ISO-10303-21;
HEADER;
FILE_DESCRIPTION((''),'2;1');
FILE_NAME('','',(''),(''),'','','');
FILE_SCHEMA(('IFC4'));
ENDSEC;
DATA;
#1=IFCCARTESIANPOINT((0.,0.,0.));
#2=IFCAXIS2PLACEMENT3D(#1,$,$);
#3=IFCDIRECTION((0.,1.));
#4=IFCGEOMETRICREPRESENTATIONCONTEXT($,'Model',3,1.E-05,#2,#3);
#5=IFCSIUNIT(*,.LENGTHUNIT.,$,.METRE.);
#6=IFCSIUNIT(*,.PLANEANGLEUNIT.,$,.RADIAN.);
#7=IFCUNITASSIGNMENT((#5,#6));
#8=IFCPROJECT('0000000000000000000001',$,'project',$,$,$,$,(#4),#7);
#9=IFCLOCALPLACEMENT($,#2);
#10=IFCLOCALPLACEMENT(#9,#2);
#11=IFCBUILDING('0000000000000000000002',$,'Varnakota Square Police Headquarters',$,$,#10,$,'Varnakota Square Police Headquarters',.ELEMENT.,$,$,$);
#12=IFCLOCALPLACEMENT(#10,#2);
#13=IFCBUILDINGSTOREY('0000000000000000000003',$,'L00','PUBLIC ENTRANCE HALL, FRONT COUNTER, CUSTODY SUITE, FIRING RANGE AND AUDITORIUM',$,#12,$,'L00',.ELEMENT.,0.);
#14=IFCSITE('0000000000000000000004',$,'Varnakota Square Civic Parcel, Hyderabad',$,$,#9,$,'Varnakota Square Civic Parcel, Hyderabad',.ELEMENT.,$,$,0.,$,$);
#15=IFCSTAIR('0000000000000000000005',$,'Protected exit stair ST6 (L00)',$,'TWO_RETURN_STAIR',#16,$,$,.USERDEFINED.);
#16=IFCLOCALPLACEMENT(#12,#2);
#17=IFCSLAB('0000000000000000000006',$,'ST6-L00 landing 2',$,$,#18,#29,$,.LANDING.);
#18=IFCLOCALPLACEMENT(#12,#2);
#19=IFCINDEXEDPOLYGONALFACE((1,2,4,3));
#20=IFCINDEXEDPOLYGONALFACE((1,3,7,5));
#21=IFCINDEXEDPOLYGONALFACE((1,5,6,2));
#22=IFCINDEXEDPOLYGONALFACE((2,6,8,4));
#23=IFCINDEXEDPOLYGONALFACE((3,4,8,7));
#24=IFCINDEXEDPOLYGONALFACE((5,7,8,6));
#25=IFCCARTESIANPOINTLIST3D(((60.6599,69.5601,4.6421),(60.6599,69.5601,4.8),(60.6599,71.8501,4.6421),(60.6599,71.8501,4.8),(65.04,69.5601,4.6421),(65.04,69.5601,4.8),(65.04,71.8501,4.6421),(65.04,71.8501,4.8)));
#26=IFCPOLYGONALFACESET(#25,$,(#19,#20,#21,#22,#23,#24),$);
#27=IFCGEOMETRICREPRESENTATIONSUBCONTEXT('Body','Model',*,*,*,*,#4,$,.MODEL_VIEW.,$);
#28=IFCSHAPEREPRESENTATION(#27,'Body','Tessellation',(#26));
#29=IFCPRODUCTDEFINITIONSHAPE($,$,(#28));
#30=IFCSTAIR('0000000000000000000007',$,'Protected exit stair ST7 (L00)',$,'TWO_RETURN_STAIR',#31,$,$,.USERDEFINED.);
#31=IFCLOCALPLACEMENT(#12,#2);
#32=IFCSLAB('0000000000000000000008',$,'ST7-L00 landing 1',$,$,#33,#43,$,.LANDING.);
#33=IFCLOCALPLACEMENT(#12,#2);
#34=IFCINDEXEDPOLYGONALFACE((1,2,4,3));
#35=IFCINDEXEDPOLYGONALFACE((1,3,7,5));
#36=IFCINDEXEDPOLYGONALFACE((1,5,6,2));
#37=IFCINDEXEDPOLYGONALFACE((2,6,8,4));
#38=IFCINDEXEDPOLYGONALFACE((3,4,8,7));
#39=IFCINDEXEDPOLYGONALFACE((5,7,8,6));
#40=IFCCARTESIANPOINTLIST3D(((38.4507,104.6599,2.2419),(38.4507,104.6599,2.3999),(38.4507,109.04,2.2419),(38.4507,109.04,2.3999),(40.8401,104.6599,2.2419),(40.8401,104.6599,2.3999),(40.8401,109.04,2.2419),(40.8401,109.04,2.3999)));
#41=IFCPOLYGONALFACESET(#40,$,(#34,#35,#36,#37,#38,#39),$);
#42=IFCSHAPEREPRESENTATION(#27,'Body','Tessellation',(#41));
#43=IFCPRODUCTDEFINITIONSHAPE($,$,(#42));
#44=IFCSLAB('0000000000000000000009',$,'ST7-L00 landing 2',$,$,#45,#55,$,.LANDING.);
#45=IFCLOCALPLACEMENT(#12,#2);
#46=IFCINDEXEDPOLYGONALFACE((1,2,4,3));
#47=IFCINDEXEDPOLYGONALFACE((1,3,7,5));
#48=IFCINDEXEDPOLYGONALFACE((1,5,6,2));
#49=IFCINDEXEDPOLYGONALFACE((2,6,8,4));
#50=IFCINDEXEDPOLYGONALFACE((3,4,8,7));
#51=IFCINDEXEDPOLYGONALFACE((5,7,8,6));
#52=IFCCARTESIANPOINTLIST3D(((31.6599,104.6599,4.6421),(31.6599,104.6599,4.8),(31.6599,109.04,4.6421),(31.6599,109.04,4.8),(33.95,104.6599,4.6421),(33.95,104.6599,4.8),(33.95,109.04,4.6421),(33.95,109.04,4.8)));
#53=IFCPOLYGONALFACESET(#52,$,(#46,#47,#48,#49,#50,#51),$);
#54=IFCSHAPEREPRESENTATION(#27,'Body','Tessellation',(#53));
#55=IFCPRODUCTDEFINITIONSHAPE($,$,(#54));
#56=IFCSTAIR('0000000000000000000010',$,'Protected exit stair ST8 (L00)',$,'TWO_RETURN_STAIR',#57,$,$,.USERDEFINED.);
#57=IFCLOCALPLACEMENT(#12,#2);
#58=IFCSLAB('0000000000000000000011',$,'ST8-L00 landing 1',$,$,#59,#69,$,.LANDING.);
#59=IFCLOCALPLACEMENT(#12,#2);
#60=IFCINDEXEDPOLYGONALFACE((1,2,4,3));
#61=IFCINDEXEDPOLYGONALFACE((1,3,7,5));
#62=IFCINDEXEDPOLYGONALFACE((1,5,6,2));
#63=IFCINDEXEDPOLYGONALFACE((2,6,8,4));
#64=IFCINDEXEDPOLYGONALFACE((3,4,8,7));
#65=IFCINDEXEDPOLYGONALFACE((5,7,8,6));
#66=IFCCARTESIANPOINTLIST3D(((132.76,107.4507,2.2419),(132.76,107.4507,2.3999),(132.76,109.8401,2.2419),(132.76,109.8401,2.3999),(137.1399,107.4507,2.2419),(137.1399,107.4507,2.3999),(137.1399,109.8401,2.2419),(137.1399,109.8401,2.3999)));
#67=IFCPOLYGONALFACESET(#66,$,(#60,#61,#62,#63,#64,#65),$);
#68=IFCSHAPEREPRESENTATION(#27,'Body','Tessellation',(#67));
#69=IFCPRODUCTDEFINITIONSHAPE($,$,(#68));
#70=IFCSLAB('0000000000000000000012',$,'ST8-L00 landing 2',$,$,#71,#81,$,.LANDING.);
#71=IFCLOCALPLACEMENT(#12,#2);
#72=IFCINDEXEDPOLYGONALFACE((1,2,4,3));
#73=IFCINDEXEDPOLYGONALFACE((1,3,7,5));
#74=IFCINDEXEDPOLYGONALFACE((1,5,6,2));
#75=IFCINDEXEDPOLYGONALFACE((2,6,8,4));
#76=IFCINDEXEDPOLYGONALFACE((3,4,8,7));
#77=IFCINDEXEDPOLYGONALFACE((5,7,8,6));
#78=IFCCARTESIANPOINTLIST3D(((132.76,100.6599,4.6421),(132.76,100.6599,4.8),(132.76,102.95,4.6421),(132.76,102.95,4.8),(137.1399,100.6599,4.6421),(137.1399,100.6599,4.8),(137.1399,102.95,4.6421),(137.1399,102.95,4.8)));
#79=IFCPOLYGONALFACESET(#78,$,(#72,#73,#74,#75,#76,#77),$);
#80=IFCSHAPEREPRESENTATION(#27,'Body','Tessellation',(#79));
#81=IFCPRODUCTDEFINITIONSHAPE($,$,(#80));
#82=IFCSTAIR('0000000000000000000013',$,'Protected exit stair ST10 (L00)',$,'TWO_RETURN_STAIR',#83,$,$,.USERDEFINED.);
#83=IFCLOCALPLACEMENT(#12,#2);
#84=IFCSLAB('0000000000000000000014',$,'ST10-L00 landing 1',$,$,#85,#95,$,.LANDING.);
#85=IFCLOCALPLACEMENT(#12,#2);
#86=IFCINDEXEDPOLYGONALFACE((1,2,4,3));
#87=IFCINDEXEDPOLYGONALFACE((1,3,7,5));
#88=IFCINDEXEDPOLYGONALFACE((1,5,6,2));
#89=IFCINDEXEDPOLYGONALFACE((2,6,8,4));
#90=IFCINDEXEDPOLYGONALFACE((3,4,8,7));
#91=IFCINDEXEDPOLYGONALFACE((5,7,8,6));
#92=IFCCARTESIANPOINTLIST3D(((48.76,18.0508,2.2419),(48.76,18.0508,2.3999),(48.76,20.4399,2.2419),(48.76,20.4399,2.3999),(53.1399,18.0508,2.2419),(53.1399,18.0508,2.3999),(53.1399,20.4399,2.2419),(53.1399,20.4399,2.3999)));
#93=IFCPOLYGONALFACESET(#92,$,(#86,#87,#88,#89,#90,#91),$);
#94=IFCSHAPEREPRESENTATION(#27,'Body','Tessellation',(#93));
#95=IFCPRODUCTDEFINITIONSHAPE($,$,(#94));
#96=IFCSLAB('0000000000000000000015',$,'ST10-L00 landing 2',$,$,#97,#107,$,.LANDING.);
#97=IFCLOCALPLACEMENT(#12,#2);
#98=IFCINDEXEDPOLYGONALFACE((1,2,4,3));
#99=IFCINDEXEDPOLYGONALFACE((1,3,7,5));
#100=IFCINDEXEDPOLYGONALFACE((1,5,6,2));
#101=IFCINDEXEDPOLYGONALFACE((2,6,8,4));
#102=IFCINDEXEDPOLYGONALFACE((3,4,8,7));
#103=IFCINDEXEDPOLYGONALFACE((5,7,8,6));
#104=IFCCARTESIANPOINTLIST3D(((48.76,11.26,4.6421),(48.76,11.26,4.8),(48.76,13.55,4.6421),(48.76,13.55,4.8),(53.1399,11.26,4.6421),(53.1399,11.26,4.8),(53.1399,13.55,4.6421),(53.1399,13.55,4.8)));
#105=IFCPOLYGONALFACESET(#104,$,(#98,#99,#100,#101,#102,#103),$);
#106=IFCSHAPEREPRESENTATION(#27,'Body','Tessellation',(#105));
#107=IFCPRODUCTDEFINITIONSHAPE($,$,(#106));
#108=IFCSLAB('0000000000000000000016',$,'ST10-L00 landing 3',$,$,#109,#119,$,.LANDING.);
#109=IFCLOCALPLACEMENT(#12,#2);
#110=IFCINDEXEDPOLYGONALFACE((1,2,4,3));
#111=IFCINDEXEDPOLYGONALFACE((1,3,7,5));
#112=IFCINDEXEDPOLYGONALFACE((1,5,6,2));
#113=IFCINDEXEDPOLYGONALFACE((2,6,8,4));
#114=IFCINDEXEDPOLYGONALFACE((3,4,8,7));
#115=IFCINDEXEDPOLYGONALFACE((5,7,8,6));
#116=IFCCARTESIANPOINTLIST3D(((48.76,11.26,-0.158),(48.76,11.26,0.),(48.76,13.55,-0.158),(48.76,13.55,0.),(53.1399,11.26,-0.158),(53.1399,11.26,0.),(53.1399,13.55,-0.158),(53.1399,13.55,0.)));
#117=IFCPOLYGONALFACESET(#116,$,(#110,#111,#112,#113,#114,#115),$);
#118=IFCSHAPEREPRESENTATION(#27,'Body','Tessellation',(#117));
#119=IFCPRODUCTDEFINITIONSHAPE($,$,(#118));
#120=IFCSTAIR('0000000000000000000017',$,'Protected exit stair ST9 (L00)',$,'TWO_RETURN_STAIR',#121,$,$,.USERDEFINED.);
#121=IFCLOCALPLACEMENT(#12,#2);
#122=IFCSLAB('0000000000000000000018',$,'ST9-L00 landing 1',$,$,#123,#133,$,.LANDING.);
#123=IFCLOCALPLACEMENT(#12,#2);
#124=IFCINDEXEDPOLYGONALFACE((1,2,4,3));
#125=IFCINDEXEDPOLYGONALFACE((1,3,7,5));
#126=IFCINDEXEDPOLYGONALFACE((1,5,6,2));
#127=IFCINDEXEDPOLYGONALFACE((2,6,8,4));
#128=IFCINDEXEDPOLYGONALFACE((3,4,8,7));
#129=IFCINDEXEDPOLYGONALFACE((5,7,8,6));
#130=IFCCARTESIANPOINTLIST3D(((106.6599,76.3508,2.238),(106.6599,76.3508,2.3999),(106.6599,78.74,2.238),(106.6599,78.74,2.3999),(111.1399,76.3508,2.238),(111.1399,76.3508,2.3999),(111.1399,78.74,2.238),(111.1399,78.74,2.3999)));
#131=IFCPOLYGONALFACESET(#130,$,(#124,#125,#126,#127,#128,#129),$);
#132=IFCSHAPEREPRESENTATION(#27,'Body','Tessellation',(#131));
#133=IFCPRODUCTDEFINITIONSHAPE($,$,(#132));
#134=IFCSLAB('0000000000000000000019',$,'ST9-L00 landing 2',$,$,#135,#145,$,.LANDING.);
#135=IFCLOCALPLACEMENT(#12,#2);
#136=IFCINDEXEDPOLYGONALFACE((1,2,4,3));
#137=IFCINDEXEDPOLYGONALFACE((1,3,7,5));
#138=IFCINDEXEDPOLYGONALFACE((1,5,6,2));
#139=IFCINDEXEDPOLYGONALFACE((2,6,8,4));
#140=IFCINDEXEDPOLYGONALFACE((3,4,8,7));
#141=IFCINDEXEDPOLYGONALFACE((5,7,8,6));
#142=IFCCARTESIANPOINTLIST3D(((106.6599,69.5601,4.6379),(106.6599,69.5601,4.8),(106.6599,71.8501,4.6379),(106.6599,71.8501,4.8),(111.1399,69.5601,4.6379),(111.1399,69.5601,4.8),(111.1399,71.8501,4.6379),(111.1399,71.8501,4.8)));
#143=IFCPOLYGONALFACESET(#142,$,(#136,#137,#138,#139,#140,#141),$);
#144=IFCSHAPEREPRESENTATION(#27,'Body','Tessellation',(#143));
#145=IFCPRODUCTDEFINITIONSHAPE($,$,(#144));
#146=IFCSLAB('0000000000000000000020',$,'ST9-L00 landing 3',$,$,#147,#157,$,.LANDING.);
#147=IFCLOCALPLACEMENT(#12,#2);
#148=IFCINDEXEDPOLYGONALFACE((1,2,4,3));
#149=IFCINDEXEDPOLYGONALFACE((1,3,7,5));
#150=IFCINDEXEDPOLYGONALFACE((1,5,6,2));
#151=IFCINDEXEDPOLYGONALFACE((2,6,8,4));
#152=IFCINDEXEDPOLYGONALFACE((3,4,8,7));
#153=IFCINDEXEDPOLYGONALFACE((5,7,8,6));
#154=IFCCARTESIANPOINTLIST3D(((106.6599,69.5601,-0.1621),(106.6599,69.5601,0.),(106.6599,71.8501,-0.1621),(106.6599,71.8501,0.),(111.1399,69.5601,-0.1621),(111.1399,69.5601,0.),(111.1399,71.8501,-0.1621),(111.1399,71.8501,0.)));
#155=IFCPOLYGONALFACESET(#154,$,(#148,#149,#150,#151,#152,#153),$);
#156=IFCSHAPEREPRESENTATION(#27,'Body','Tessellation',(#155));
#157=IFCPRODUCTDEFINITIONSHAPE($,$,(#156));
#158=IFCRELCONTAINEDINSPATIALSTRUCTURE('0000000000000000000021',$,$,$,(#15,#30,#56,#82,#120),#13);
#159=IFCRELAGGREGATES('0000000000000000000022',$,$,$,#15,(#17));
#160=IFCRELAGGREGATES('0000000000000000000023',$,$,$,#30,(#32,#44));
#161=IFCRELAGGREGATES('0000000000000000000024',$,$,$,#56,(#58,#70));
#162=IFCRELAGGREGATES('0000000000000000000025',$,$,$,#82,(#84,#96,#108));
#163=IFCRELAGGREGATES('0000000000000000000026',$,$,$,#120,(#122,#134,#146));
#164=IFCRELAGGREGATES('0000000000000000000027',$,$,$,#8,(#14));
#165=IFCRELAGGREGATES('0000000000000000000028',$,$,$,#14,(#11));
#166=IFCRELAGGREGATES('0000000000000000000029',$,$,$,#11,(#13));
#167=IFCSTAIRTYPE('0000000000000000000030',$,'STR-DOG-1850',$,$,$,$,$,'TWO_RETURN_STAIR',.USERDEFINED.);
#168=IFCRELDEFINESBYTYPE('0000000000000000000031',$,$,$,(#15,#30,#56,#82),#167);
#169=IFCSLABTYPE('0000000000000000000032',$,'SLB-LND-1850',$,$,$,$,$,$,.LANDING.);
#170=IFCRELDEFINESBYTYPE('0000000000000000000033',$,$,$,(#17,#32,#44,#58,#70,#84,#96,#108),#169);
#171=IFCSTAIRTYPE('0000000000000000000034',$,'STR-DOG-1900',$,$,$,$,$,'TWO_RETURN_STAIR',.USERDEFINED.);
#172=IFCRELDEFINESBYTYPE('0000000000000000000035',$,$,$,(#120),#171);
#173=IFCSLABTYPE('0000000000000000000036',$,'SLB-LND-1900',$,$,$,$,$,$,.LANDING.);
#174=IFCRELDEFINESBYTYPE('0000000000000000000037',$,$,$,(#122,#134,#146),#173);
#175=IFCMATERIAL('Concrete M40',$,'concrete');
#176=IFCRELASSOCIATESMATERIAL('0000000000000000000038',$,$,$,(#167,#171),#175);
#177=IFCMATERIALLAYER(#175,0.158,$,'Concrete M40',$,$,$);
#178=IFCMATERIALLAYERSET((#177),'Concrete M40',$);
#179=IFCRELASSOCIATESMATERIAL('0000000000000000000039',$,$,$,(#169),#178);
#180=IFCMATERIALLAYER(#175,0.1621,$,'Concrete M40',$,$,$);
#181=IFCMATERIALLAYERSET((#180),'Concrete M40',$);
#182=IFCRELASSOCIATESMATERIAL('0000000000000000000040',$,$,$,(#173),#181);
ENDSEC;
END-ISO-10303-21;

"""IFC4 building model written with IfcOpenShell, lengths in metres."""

from ifc_helpers import new_model, si_unit, direction, frame, origin, place, context, subcontext, project, spatial, polyline, outline, extrude, material, layer, layer_set, type_object, element, aggregate, save


model = new_model("IFC4")

# Units and contexts
model_context = context("Model", 3, precision=1e-05, world=origin(), true_north=direction((0.0, 1.0)))
body_context = subcontext(model_context, "Body", "Model", "MODEL_VIEW")
ifc_project = project(units=[si_unit("LENGTHUNIT", "METRE"), si_unit("PLANEANGLEUNIT", "RADIAN")], contexts=[model_context])

# Site, building, storey
site_placement = place(None, origin())
site = spatial("IfcSite", under=ifc_project, at=site_placement, Name="Varnakota Square Civic Parcel, Hyderabad", LongName="Varnakota Square Civic Parcel, Hyderabad", CompositionType="ELEMENT", RefElevation=0.0)
building_placement = place(site_placement, origin())
building = spatial("IfcBuilding", under=site, at=building_placement, Name="Varnakota Square Police Headquarters", LongName="Varnakota Square Police Headquarters", CompositionType="ELEMENT")
storey_placement = place(building_placement, origin())
storey = spatial("IfcBuildingStorey", under=building, at=storey_placement, Name="L00", Description="PUBLIC ENTRANCE HALL, FRONT COUNTER, CUSTODY SUITE, FIRING RANGE AND AUDITORIUM", LongName="L00", CompositionType="ELEMENT", Elevation=0.0)

# Stairs, slabs
ifc_material_1 = material(Name="Concrete M40", Category="concrete")
stair_type_1 = type_object("IfcStairType", Name="STR-DOG-1850", ElementType="TWO_RETURN_STAIR", PredefinedType="USERDEFINED", material=ifc_material_1)
ifc_layer_1 = layer(ifc_material_1, 0.158, Name="Concrete M40")
ifc_layer_set_1 = layer_set([ifc_layer_1], Name="Concrete M40")
slab_type_1 = type_object("IfcSlabType", Name="SLB-LND-1850", PredefinedType="LANDING", material=ifc_layer_set_1)
stair_1_placement = place(storey_placement, origin())
stair_1 = element("IfcStair", 1, at=stair_1_placement, inside=storey, type_object=stair_type_1, Name="Protected exit stair ST6 (L00)", ObjectType="TWO_RETURN_STAIR", PredefinedType="USERDEFINED")
slab_1_placement = place(storey_placement, frame((0.0, 0.0, 4.6421)))
slab_1 = element("IfcSlab", 2, at=slab_1_placement, type_object=slab_type_1, Name="ST6-L00 landing 2", PredefinedType="LANDING", context=body_context, shape_type="SweptSolid", body=[
    extrude(outline(polyline([(60.6599, 69.5601), (65.04, 69.5601), (65.04, 71.8501), (60.6599, 71.8501), (60.6599, 69.5601)])), origin(), (0.0, 0.0, 1.0), 0.158),
])
aggregate(stair_1, [slab_1])
stair_2_placement = place(storey_placement, origin())
stair_2 = element("IfcStair", 3, at=stair_2_placement, inside=storey, type_object=stair_type_1, Name="Protected exit stair ST7 (L00)", ObjectType="TWO_RETURN_STAIR", PredefinedType="USERDEFINED")
slab_2_placement = place(storey_placement, frame((0.0, 0.0, 2.2419)))
slab_2 = element("IfcSlab", 4, at=slab_2_placement, type_object=slab_type_1, Name="ST7-L00 landing 1", PredefinedType="LANDING", context=body_context, shape_type="SweptSolid", body=[
    extrude(outline(polyline([(38.4507, 104.6599), (40.8401, 104.6599), (40.8401, 109.04), (38.4507, 109.04), (38.4507, 104.6599)])), origin(), (0.0, 0.0, 1.0), 0.158),
])
slab_3_placement = place(storey_placement, frame((0.0, 0.0, 4.6421)))
slab_3 = element("IfcSlab", 5, at=slab_3_placement, type_object=slab_type_1, Name="ST7-L00 landing 2", PredefinedType="LANDING", context=body_context, shape_type="SweptSolid", body=[
    extrude(outline(polyline([(31.6599, 104.6599), (33.95, 104.6599), (33.95, 109.04), (31.6599, 109.04), (31.6599, 104.6599)])), origin(), (0.0, 0.0, 1.0), 0.158),
])
aggregate(stair_2, [slab_2, slab_3])
stair_3_placement = place(storey_placement, origin())
stair_3 = element("IfcStair", 6, at=stair_3_placement, inside=storey, type_object=stair_type_1, Name="Protected exit stair ST8 (L00)", ObjectType="TWO_RETURN_STAIR", PredefinedType="USERDEFINED")
slab_4_placement = place(storey_placement, frame((0.0, 0.0, 2.2419)))
slab_4 = element("IfcSlab", 7, at=slab_4_placement, type_object=slab_type_1, Name="ST8-L00 landing 1", PredefinedType="LANDING", context=body_context, shape_type="SweptSolid", body=[
    extrude(outline(polyline([(132.76, 107.4507), (137.1399, 107.4507), (137.1399, 109.8401), (132.76, 109.8401), (132.76, 107.4507)])), origin(), (0.0, 0.0, 1.0), 0.158),
])
slab_5_placement = place(storey_placement, frame((0.0, 0.0, 4.6421)))
slab_5 = element("IfcSlab", 8, at=slab_5_placement, type_object=slab_type_1, Name="ST8-L00 landing 2", PredefinedType="LANDING", context=body_context, shape_type="SweptSolid", body=[
    extrude(outline(polyline([(132.76, 100.6599), (137.1399, 100.6599), (137.1399, 102.95), (132.76, 102.95), (132.76, 100.6599)])), origin(), (0.0, 0.0, 1.0), 0.158),
])
aggregate(stair_3, [slab_4, slab_5])
stair_4_placement = place(storey_placement, origin())
stair_4 = element("IfcStair", 9, at=stair_4_placement, inside=storey, type_object=stair_type_1, Name="Protected exit stair ST10 (L00)", ObjectType="TWO_RETURN_STAIR", PredefinedType="USERDEFINED")
slab_6_placement = place(storey_placement, frame((0.0, 0.0, 2.2419)))
slab_6 = element("IfcSlab", 10, at=slab_6_placement, type_object=slab_type_1, Name="ST10-L00 landing 1", PredefinedType="LANDING", context=body_context, shape_type="SweptSolid", body=[
    extrude(outline(polyline([(48.76, 18.0508), (53.1399, 18.0508), (53.1399, 20.4399), (48.76, 20.4399), (48.76, 18.0508)])), origin(), (0.0, 0.0, 1.0), 0.158),
])
slab_7_placement = place(storey_placement, frame((0.0, 0.0, 4.6421)))
slab_7 = element("IfcSlab", 11, at=slab_7_placement, type_object=slab_type_1, Name="ST10-L00 landing 2", PredefinedType="LANDING", context=body_context, shape_type="SweptSolid", body=[
    extrude(outline(polyline([(48.76, 11.26), (53.1399, 11.26), (53.1399, 13.55), (48.76, 13.55), (48.76, 11.26)])), origin(), (0.0, 0.0, 1.0), 0.158),
])
slab_8_placement = place(storey_placement, frame((0.0, 0.0, -0.158)))
slab_8 = element("IfcSlab", 12, at=slab_8_placement, type_object=slab_type_1, Name="ST10-L00 landing 3", PredefinedType="LANDING", context=body_context, shape_type="SweptSolid", body=[
    extrude(outline(polyline([(48.76, 11.26), (53.1399, 11.26), (53.1399, 13.55), (48.76, 13.55), (48.76, 11.26)])), origin(), (0.0, 0.0, 1.0), 0.158),
])
aggregate(stair_4, [slab_6, slab_7, slab_8])
stair_type_2 = type_object("IfcStairType", Name="STR-DOG-1900", ElementType="TWO_RETURN_STAIR", PredefinedType="USERDEFINED", material=ifc_material_1)
stair_5_placement = place(storey_placement, origin())
stair_5 = element("IfcStair", 13, at=stair_5_placement, inside=storey, type_object=stair_type_2, Name="Protected exit stair ST9 (L00)", ObjectType="TWO_RETURN_STAIR", PredefinedType="USERDEFINED")
ifc_layer_2 = layer(ifc_material_1, 0.1621, Name="Concrete M40")
ifc_layer_set_2 = layer_set([ifc_layer_2], Name="Concrete M40")
slab_type_2 = type_object("IfcSlabType", Name="SLB-LND-1900", PredefinedType="LANDING", material=ifc_layer_set_2)
slab_9_placement = place(storey_placement, frame((0.0, 0.0, 2.238)))
slab_9 = element("IfcSlab", 14, at=slab_9_placement, type_object=slab_type_2, Name="ST9-L00 landing 1", PredefinedType="LANDING", context=body_context, shape_type="SweptSolid", body=[
    extrude(outline(polyline([(106.6599, 76.3508), (111.1399, 76.3508), (111.1399, 78.74), (106.6599, 78.74), (106.6599, 76.3508)])), origin(), (0.0, 0.0, 1.0), 0.1619),
])
slab_10_placement = place(storey_placement, frame((0.0, 0.0, 4.6379)))
slab_10 = element("IfcSlab", 15, at=slab_10_placement, type_object=slab_type_2, Name="ST9-L00 landing 2", PredefinedType="LANDING", context=body_context, shape_type="SweptSolid", body=[
    extrude(outline(polyline([(106.6599, 69.5601), (111.1399, 69.5601), (111.1399, 71.8501), (106.6599, 71.8501), (106.6599, 69.5601)])), origin(), (0.0, 0.0, 1.0), 0.1621),
])
slab_11_placement = place(storey_placement, frame((0.0, 0.0, -0.1621)))
slab_11 = element("IfcSlab", 16, at=slab_11_placement, type_object=slab_type_2, Name="ST9-L00 landing 3", PredefinedType="LANDING", context=body_context, shape_type="SweptSolid", body=[
    extrude(outline(polyline([(106.6599, 69.5601), (111.1399, 69.5601), (111.1399, 71.8501), (106.6599, 71.8501), (106.6599, 69.5601)])), origin(), (0.0, 0.0, 1.0), 0.1621),
])
aggregate(stair_5, [slab_9, slab_10, slab_11])

save(model, "model.ifc")
